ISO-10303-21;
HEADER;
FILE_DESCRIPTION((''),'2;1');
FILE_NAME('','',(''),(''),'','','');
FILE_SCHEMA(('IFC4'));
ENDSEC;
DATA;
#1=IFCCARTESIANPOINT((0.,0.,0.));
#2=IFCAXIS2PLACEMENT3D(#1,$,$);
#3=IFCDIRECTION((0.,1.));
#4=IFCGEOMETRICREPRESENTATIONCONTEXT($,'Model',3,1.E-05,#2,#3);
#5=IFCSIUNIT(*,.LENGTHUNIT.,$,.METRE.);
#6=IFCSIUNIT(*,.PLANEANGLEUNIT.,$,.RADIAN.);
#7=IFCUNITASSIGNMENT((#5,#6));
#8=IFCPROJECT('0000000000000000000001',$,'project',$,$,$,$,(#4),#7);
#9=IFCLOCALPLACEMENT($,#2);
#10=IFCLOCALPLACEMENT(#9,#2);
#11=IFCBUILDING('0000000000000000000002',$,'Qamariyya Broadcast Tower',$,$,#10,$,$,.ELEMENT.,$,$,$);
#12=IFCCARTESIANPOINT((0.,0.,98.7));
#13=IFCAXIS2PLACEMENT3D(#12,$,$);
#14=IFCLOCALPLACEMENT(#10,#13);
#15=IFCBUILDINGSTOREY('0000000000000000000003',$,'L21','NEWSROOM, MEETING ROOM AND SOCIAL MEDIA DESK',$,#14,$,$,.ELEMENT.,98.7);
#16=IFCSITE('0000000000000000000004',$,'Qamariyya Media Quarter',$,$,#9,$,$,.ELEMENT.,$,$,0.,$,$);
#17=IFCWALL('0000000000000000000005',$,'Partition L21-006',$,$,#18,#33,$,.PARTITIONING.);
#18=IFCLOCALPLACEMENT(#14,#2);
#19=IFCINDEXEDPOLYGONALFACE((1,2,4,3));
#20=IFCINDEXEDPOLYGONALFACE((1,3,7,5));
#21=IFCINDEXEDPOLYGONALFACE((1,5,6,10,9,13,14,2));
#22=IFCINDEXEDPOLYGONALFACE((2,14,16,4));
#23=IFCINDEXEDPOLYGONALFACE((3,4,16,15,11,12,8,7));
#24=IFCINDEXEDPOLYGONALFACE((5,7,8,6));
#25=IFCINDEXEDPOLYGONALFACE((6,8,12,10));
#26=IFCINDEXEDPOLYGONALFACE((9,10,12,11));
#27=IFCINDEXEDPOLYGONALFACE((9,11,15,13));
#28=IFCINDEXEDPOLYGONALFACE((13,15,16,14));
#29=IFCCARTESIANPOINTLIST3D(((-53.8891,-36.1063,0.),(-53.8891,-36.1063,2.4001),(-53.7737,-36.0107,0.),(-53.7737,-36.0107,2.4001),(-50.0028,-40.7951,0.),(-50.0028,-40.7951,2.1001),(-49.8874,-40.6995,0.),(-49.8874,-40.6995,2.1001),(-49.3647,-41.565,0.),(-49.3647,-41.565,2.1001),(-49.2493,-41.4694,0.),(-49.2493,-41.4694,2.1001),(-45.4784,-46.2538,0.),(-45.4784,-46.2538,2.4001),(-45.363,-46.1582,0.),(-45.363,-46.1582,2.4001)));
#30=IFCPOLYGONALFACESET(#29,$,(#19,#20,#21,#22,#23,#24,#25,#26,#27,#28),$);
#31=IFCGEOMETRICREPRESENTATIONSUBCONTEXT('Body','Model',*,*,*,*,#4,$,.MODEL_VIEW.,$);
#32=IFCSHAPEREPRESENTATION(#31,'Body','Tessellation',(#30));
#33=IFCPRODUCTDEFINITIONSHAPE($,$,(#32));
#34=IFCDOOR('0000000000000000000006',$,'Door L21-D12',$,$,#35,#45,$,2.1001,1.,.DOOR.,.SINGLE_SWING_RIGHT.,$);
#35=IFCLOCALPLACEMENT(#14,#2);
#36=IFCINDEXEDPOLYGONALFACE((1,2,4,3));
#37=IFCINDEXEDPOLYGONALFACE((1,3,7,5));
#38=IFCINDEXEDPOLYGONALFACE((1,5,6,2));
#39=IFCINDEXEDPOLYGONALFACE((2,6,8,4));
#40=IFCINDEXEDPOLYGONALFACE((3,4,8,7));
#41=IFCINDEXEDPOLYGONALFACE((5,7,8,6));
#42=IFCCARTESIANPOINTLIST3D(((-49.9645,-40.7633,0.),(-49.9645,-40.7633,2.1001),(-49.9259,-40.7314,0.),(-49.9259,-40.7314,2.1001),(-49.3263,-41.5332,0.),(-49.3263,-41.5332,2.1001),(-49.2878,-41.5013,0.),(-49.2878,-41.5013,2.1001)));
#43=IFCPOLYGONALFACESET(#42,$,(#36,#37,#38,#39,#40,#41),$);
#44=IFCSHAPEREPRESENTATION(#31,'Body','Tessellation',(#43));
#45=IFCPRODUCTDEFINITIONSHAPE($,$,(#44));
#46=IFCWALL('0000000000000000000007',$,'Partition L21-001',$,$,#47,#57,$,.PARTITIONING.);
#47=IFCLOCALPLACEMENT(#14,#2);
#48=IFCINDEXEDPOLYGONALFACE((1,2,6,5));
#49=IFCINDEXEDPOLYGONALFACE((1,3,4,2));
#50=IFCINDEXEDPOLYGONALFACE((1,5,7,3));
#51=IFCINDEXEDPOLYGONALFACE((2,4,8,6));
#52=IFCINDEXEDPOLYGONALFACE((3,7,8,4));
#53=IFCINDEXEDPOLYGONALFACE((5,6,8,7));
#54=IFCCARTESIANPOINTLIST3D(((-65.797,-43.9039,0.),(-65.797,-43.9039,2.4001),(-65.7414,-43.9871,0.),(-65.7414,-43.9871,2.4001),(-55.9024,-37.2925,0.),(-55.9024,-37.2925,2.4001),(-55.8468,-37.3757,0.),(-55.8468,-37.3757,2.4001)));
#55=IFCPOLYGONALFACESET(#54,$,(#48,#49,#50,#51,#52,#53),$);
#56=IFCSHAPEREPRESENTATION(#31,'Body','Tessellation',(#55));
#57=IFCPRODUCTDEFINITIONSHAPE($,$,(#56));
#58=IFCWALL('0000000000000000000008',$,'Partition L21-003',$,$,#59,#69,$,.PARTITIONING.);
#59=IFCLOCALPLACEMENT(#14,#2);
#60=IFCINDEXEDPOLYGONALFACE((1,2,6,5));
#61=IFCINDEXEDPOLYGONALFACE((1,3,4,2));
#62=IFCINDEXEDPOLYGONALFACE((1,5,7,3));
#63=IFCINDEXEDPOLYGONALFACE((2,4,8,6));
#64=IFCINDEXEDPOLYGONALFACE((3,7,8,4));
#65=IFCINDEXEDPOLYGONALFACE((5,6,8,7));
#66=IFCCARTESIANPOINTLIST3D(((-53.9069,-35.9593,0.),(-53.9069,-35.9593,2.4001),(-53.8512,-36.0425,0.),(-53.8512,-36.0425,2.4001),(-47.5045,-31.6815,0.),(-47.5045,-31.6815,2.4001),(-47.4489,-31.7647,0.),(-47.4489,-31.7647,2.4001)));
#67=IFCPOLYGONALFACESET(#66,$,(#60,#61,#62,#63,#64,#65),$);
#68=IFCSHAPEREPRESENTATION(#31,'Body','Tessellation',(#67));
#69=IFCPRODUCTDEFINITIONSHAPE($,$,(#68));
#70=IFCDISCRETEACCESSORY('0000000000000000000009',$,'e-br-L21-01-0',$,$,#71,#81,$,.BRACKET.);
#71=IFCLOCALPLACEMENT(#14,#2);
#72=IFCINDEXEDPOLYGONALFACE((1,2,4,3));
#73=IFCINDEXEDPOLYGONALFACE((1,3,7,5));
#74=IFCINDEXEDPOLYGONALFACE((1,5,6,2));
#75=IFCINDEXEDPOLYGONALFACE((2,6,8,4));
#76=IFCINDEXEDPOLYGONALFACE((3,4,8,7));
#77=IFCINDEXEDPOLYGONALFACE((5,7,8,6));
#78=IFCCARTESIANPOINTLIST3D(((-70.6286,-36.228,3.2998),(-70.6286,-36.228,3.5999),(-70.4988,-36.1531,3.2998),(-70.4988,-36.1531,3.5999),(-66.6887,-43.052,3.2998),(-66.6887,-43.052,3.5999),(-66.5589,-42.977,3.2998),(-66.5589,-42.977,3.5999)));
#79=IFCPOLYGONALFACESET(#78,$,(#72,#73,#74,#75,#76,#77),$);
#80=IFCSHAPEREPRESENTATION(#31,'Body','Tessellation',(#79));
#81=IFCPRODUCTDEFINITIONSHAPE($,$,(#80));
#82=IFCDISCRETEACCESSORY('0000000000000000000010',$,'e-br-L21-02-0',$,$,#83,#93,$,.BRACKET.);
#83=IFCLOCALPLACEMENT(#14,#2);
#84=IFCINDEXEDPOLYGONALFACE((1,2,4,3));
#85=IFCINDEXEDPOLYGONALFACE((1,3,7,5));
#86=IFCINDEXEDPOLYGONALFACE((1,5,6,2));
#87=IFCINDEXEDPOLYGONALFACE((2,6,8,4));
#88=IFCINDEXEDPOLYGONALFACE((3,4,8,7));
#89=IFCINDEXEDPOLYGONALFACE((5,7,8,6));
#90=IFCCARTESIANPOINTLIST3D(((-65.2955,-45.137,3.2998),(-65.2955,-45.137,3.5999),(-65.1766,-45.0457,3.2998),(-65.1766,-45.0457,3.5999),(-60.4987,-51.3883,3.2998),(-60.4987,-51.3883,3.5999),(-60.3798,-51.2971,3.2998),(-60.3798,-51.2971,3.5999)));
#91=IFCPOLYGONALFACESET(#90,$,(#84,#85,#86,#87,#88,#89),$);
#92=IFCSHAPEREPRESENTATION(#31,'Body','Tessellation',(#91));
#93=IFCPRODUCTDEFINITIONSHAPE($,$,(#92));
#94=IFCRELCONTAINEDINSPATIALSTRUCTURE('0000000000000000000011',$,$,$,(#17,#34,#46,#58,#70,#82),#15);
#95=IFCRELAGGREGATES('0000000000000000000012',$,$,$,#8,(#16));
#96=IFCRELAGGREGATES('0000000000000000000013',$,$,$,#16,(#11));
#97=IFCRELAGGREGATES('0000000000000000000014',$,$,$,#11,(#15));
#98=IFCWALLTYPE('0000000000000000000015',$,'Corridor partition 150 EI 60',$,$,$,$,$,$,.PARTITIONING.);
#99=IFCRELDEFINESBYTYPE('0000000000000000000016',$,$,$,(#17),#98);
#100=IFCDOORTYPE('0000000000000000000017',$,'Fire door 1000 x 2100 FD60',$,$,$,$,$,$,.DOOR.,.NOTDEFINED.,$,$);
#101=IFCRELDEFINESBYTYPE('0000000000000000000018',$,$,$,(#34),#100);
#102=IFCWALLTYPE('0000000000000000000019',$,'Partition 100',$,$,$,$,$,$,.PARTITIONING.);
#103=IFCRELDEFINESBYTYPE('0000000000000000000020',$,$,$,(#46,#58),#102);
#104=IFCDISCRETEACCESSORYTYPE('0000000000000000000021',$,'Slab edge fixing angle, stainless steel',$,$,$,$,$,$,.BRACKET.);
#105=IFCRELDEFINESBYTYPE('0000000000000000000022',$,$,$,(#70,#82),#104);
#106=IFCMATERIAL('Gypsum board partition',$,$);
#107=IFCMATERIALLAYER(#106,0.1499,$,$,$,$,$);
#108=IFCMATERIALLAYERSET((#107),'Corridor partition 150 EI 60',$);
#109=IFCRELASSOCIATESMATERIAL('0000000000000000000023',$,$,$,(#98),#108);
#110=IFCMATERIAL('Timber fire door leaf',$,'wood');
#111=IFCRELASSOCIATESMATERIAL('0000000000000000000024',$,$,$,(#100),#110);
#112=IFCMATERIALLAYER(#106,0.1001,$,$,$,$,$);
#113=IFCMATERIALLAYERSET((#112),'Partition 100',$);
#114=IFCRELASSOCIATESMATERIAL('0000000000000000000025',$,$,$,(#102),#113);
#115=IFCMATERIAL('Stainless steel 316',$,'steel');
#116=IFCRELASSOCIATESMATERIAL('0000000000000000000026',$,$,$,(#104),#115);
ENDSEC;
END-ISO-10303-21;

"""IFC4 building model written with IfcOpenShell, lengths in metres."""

from ifc_helpers import new_model, si_unit, direction, frame, frame_2d, origin, origin_2d, place, context, subcontext, project, spatial, rectangle, extrude, material, layer, layer_set, type_object, element, fill, save


model = new_model("IFC4")

# Units and contexts
model_context = context("Model", 3, precision=1e-05, world=origin(), true_north=direction((0.0, 1.0)))
body_context = subcontext(model_context, "Body", "Model", "MODEL_VIEW")
ifc_project = project(units=[si_unit("LENGTHUNIT", "METRE"), si_unit("PLANEANGLEUNIT", "RADIAN")], contexts=[model_context])

# Site, building, storey
site_placement = place(None, origin())
site = spatial("IfcSite", under=ifc_project, at=site_placement, Name="Qamariyya Media Quarter", CompositionType="ELEMENT", RefElevation=0.0)
building_placement = place(site_placement, origin())
building = spatial("IfcBuilding", under=site, at=building_placement, Name="Qamariyya Broadcast Tower", CompositionType="ELEMENT")
storey_placement = place(building_placement, frame((0.0, 0.0, 98.7)))
storey = spatial("IfcBuildingStorey", under=building, at=storey_placement, Name="L21", Description="NEWSROOM, MEETING ROOM AND SOCIAL MEDIA DESK", CompositionType="ELEMENT", Elevation=98.7)

# Shared definitions
ifc_material_1 = material(Name="Gypsum board partition")
ifc_layer_1 = layer(ifc_material_1, 0.1499)
ifc_layer_set_1 = layer_set([ifc_layer_1], Name="Corridor partition 150 EI 60")
wall_type_1 = type_object("IfcWallType", Name="Corridor partition 150 EI 60", PredefinedType="PARTITIONING", material=ifc_layer_set_1)
ifc_material_2 = material(Name="Timber fire door leaf", Category="wood")
door_type_1 = type_object("IfcDoorType", Name="Fire door 1000 x 2100 FD60", OperationType="NOTDEFINED", PredefinedType="DOOR", material=ifc_material_2)

# Wall, opening, door
wall_1_placement = place(storey_placement, frame((-53.8313, -36.0586, 0.0), z_axis=(0.0, 0.0, 1.0), x_axis=(0.638141, -0.769919, 0.0)))
wall_1 = element("IfcWall", 1, at=wall_1_placement, inside=storey, type_object=wall_type_1, Name="Partition L21-006", PredefinedType="PARTITIONING", context=body_context, shape_type="SweptSolid", body=[
    extrude(rectangle(XDim=13.1799, YDim=0.1499, at=frame_2d((6.5898, 0.0))), origin(), (0.0, 0.0, 1.0), 2.4001),
])
opening_1_placement = place(wall_1_placement, frame((6.0898, 0.0, 0.0)))
opening_1 = element("IfcOpeningElement", 2, at=opening_1_placement, cuts=wall_1, PredefinedType="OPENING", context=body_context, shape_type="SweptSolid", body=[
    extrude(rectangle(XDim=1.0, YDim=2.1001, at=frame_2d((0.5, 1.05))), frame((0.0, 0.085, 0.0), z_axis=(0.0, -1.0, 0.0), x_axis=(1.0, 0.0, 0.0)), (0.0, 0.0, 1.0), 0.1699),
])
door_1_placement = place(opening_1_placement, origin())
door_1 = element("IfcDoor", 3, at=door_1_placement, inside=storey, type_object=door_type_1, Name="Door L21-D12", OperationType="SINGLE_SWING_RIGHT", OverallHeight=2.1001, OverallWidth=1.0, PredefinedType="DOOR", context=body_context, shape_type="SweptSolid", body=[
    extrude(rectangle(XDim=1.0, YDim=2.1001, at=frame_2d((0.5, 1.05))), frame((0.0, 0.0249, 0.0), z_axis=(0.0, -1.0, 0.0), x_axis=(1.0, 0.0, 0.0)), (0.0, 0.0, 1.0), 0.05),
])
fill(opening_1, door_1)

# Walls
ifc_layer_2 = layer(ifc_material_1, 0.1001)
ifc_layer_set_2 = layer_set([ifc_layer_2], Name="Partition 100")
wall_type_2 = type_object("IfcWallType", Name="Partition 100", PredefinedType="PARTITIONING", material=ifc_layer_set_2)
wall_2_placement = place(storey_placement, frame((-65.7693, -43.9456, 0.0), z_axis=(0.0, 0.0, 1.0), x_axis=(0.831469, 0.555571, 0.0)))
element("IfcWall", 4, at=wall_2_placement, inside=storey, type_object=wall_type_2, Name="Partition L21-001", PredefinedType="PARTITIONING", context=body_context, shape_type="SweptSolid", body=[
    extrude(rectangle(XDim=11.9001, YDim=0.1001, at=frame_2d((5.9502, 0.0))), origin(), (0.0, 0.0, 1.0), 2.4001),
])
wall_3_placement = place(storey_placement, frame((-53.8792, -36.001, 0.0), z_axis=(0.0, 0.0, 1.0), x_axis=(0.831474, 0.555563, 0.0)))
element("IfcWall", 5, at=wall_3_placement, inside=storey, type_object=wall_type_2, Name="Partition L21-003", PredefinedType="PARTITIONING", context=body_context, shape_type="SweptSolid", body=[
    extrude(rectangle(XDim=7.7, YDim=0.1001, at=frame_2d((3.8501, 0.0))), origin(), (0.0, 0.0, 1.0), 2.4001),
])

# Discrete accessories
ifc_material_3 = material(Name="Stainless steel 316", Category="steel")
discrete_accessory_type = type_object("IfcDiscreteAccessoryType", Name="Slab edge fixing angle, stainless steel", PredefinedType="BRACKET", material=ifc_material_3)
for number, where, z_axis, x_axis, name in (
    (6, (-68.5938, -39.6025, 3.2998), (0.0, 0.0, 1.0), (0.5, -0.866025, 0.0), "e-br-L21-01-0"),
    (7, (-62.8376, -48.217, 3.2998), (0.0, 0.0, 1.0), (0.608761, -0.793353, 0.0), "e-br-L21-02-0"),
):
    element("IfcDiscreteAccessory", number, at=place(storey_placement, frame(where, z_axis=z_axis, x_axis=x_axis)), inside=storey, type_object=discrete_accessory_type, Name=name, PredefinedType="BRACKET", context=body_context, shape_type="SweptSolid", body=[
        extrude(rectangle(XDim=7.8796, YDim=0.1499, at=origin_2d()), origin(), (0.0, 0.0, 1.0), 0.3),
    ])

save(model, "model.ifc")
